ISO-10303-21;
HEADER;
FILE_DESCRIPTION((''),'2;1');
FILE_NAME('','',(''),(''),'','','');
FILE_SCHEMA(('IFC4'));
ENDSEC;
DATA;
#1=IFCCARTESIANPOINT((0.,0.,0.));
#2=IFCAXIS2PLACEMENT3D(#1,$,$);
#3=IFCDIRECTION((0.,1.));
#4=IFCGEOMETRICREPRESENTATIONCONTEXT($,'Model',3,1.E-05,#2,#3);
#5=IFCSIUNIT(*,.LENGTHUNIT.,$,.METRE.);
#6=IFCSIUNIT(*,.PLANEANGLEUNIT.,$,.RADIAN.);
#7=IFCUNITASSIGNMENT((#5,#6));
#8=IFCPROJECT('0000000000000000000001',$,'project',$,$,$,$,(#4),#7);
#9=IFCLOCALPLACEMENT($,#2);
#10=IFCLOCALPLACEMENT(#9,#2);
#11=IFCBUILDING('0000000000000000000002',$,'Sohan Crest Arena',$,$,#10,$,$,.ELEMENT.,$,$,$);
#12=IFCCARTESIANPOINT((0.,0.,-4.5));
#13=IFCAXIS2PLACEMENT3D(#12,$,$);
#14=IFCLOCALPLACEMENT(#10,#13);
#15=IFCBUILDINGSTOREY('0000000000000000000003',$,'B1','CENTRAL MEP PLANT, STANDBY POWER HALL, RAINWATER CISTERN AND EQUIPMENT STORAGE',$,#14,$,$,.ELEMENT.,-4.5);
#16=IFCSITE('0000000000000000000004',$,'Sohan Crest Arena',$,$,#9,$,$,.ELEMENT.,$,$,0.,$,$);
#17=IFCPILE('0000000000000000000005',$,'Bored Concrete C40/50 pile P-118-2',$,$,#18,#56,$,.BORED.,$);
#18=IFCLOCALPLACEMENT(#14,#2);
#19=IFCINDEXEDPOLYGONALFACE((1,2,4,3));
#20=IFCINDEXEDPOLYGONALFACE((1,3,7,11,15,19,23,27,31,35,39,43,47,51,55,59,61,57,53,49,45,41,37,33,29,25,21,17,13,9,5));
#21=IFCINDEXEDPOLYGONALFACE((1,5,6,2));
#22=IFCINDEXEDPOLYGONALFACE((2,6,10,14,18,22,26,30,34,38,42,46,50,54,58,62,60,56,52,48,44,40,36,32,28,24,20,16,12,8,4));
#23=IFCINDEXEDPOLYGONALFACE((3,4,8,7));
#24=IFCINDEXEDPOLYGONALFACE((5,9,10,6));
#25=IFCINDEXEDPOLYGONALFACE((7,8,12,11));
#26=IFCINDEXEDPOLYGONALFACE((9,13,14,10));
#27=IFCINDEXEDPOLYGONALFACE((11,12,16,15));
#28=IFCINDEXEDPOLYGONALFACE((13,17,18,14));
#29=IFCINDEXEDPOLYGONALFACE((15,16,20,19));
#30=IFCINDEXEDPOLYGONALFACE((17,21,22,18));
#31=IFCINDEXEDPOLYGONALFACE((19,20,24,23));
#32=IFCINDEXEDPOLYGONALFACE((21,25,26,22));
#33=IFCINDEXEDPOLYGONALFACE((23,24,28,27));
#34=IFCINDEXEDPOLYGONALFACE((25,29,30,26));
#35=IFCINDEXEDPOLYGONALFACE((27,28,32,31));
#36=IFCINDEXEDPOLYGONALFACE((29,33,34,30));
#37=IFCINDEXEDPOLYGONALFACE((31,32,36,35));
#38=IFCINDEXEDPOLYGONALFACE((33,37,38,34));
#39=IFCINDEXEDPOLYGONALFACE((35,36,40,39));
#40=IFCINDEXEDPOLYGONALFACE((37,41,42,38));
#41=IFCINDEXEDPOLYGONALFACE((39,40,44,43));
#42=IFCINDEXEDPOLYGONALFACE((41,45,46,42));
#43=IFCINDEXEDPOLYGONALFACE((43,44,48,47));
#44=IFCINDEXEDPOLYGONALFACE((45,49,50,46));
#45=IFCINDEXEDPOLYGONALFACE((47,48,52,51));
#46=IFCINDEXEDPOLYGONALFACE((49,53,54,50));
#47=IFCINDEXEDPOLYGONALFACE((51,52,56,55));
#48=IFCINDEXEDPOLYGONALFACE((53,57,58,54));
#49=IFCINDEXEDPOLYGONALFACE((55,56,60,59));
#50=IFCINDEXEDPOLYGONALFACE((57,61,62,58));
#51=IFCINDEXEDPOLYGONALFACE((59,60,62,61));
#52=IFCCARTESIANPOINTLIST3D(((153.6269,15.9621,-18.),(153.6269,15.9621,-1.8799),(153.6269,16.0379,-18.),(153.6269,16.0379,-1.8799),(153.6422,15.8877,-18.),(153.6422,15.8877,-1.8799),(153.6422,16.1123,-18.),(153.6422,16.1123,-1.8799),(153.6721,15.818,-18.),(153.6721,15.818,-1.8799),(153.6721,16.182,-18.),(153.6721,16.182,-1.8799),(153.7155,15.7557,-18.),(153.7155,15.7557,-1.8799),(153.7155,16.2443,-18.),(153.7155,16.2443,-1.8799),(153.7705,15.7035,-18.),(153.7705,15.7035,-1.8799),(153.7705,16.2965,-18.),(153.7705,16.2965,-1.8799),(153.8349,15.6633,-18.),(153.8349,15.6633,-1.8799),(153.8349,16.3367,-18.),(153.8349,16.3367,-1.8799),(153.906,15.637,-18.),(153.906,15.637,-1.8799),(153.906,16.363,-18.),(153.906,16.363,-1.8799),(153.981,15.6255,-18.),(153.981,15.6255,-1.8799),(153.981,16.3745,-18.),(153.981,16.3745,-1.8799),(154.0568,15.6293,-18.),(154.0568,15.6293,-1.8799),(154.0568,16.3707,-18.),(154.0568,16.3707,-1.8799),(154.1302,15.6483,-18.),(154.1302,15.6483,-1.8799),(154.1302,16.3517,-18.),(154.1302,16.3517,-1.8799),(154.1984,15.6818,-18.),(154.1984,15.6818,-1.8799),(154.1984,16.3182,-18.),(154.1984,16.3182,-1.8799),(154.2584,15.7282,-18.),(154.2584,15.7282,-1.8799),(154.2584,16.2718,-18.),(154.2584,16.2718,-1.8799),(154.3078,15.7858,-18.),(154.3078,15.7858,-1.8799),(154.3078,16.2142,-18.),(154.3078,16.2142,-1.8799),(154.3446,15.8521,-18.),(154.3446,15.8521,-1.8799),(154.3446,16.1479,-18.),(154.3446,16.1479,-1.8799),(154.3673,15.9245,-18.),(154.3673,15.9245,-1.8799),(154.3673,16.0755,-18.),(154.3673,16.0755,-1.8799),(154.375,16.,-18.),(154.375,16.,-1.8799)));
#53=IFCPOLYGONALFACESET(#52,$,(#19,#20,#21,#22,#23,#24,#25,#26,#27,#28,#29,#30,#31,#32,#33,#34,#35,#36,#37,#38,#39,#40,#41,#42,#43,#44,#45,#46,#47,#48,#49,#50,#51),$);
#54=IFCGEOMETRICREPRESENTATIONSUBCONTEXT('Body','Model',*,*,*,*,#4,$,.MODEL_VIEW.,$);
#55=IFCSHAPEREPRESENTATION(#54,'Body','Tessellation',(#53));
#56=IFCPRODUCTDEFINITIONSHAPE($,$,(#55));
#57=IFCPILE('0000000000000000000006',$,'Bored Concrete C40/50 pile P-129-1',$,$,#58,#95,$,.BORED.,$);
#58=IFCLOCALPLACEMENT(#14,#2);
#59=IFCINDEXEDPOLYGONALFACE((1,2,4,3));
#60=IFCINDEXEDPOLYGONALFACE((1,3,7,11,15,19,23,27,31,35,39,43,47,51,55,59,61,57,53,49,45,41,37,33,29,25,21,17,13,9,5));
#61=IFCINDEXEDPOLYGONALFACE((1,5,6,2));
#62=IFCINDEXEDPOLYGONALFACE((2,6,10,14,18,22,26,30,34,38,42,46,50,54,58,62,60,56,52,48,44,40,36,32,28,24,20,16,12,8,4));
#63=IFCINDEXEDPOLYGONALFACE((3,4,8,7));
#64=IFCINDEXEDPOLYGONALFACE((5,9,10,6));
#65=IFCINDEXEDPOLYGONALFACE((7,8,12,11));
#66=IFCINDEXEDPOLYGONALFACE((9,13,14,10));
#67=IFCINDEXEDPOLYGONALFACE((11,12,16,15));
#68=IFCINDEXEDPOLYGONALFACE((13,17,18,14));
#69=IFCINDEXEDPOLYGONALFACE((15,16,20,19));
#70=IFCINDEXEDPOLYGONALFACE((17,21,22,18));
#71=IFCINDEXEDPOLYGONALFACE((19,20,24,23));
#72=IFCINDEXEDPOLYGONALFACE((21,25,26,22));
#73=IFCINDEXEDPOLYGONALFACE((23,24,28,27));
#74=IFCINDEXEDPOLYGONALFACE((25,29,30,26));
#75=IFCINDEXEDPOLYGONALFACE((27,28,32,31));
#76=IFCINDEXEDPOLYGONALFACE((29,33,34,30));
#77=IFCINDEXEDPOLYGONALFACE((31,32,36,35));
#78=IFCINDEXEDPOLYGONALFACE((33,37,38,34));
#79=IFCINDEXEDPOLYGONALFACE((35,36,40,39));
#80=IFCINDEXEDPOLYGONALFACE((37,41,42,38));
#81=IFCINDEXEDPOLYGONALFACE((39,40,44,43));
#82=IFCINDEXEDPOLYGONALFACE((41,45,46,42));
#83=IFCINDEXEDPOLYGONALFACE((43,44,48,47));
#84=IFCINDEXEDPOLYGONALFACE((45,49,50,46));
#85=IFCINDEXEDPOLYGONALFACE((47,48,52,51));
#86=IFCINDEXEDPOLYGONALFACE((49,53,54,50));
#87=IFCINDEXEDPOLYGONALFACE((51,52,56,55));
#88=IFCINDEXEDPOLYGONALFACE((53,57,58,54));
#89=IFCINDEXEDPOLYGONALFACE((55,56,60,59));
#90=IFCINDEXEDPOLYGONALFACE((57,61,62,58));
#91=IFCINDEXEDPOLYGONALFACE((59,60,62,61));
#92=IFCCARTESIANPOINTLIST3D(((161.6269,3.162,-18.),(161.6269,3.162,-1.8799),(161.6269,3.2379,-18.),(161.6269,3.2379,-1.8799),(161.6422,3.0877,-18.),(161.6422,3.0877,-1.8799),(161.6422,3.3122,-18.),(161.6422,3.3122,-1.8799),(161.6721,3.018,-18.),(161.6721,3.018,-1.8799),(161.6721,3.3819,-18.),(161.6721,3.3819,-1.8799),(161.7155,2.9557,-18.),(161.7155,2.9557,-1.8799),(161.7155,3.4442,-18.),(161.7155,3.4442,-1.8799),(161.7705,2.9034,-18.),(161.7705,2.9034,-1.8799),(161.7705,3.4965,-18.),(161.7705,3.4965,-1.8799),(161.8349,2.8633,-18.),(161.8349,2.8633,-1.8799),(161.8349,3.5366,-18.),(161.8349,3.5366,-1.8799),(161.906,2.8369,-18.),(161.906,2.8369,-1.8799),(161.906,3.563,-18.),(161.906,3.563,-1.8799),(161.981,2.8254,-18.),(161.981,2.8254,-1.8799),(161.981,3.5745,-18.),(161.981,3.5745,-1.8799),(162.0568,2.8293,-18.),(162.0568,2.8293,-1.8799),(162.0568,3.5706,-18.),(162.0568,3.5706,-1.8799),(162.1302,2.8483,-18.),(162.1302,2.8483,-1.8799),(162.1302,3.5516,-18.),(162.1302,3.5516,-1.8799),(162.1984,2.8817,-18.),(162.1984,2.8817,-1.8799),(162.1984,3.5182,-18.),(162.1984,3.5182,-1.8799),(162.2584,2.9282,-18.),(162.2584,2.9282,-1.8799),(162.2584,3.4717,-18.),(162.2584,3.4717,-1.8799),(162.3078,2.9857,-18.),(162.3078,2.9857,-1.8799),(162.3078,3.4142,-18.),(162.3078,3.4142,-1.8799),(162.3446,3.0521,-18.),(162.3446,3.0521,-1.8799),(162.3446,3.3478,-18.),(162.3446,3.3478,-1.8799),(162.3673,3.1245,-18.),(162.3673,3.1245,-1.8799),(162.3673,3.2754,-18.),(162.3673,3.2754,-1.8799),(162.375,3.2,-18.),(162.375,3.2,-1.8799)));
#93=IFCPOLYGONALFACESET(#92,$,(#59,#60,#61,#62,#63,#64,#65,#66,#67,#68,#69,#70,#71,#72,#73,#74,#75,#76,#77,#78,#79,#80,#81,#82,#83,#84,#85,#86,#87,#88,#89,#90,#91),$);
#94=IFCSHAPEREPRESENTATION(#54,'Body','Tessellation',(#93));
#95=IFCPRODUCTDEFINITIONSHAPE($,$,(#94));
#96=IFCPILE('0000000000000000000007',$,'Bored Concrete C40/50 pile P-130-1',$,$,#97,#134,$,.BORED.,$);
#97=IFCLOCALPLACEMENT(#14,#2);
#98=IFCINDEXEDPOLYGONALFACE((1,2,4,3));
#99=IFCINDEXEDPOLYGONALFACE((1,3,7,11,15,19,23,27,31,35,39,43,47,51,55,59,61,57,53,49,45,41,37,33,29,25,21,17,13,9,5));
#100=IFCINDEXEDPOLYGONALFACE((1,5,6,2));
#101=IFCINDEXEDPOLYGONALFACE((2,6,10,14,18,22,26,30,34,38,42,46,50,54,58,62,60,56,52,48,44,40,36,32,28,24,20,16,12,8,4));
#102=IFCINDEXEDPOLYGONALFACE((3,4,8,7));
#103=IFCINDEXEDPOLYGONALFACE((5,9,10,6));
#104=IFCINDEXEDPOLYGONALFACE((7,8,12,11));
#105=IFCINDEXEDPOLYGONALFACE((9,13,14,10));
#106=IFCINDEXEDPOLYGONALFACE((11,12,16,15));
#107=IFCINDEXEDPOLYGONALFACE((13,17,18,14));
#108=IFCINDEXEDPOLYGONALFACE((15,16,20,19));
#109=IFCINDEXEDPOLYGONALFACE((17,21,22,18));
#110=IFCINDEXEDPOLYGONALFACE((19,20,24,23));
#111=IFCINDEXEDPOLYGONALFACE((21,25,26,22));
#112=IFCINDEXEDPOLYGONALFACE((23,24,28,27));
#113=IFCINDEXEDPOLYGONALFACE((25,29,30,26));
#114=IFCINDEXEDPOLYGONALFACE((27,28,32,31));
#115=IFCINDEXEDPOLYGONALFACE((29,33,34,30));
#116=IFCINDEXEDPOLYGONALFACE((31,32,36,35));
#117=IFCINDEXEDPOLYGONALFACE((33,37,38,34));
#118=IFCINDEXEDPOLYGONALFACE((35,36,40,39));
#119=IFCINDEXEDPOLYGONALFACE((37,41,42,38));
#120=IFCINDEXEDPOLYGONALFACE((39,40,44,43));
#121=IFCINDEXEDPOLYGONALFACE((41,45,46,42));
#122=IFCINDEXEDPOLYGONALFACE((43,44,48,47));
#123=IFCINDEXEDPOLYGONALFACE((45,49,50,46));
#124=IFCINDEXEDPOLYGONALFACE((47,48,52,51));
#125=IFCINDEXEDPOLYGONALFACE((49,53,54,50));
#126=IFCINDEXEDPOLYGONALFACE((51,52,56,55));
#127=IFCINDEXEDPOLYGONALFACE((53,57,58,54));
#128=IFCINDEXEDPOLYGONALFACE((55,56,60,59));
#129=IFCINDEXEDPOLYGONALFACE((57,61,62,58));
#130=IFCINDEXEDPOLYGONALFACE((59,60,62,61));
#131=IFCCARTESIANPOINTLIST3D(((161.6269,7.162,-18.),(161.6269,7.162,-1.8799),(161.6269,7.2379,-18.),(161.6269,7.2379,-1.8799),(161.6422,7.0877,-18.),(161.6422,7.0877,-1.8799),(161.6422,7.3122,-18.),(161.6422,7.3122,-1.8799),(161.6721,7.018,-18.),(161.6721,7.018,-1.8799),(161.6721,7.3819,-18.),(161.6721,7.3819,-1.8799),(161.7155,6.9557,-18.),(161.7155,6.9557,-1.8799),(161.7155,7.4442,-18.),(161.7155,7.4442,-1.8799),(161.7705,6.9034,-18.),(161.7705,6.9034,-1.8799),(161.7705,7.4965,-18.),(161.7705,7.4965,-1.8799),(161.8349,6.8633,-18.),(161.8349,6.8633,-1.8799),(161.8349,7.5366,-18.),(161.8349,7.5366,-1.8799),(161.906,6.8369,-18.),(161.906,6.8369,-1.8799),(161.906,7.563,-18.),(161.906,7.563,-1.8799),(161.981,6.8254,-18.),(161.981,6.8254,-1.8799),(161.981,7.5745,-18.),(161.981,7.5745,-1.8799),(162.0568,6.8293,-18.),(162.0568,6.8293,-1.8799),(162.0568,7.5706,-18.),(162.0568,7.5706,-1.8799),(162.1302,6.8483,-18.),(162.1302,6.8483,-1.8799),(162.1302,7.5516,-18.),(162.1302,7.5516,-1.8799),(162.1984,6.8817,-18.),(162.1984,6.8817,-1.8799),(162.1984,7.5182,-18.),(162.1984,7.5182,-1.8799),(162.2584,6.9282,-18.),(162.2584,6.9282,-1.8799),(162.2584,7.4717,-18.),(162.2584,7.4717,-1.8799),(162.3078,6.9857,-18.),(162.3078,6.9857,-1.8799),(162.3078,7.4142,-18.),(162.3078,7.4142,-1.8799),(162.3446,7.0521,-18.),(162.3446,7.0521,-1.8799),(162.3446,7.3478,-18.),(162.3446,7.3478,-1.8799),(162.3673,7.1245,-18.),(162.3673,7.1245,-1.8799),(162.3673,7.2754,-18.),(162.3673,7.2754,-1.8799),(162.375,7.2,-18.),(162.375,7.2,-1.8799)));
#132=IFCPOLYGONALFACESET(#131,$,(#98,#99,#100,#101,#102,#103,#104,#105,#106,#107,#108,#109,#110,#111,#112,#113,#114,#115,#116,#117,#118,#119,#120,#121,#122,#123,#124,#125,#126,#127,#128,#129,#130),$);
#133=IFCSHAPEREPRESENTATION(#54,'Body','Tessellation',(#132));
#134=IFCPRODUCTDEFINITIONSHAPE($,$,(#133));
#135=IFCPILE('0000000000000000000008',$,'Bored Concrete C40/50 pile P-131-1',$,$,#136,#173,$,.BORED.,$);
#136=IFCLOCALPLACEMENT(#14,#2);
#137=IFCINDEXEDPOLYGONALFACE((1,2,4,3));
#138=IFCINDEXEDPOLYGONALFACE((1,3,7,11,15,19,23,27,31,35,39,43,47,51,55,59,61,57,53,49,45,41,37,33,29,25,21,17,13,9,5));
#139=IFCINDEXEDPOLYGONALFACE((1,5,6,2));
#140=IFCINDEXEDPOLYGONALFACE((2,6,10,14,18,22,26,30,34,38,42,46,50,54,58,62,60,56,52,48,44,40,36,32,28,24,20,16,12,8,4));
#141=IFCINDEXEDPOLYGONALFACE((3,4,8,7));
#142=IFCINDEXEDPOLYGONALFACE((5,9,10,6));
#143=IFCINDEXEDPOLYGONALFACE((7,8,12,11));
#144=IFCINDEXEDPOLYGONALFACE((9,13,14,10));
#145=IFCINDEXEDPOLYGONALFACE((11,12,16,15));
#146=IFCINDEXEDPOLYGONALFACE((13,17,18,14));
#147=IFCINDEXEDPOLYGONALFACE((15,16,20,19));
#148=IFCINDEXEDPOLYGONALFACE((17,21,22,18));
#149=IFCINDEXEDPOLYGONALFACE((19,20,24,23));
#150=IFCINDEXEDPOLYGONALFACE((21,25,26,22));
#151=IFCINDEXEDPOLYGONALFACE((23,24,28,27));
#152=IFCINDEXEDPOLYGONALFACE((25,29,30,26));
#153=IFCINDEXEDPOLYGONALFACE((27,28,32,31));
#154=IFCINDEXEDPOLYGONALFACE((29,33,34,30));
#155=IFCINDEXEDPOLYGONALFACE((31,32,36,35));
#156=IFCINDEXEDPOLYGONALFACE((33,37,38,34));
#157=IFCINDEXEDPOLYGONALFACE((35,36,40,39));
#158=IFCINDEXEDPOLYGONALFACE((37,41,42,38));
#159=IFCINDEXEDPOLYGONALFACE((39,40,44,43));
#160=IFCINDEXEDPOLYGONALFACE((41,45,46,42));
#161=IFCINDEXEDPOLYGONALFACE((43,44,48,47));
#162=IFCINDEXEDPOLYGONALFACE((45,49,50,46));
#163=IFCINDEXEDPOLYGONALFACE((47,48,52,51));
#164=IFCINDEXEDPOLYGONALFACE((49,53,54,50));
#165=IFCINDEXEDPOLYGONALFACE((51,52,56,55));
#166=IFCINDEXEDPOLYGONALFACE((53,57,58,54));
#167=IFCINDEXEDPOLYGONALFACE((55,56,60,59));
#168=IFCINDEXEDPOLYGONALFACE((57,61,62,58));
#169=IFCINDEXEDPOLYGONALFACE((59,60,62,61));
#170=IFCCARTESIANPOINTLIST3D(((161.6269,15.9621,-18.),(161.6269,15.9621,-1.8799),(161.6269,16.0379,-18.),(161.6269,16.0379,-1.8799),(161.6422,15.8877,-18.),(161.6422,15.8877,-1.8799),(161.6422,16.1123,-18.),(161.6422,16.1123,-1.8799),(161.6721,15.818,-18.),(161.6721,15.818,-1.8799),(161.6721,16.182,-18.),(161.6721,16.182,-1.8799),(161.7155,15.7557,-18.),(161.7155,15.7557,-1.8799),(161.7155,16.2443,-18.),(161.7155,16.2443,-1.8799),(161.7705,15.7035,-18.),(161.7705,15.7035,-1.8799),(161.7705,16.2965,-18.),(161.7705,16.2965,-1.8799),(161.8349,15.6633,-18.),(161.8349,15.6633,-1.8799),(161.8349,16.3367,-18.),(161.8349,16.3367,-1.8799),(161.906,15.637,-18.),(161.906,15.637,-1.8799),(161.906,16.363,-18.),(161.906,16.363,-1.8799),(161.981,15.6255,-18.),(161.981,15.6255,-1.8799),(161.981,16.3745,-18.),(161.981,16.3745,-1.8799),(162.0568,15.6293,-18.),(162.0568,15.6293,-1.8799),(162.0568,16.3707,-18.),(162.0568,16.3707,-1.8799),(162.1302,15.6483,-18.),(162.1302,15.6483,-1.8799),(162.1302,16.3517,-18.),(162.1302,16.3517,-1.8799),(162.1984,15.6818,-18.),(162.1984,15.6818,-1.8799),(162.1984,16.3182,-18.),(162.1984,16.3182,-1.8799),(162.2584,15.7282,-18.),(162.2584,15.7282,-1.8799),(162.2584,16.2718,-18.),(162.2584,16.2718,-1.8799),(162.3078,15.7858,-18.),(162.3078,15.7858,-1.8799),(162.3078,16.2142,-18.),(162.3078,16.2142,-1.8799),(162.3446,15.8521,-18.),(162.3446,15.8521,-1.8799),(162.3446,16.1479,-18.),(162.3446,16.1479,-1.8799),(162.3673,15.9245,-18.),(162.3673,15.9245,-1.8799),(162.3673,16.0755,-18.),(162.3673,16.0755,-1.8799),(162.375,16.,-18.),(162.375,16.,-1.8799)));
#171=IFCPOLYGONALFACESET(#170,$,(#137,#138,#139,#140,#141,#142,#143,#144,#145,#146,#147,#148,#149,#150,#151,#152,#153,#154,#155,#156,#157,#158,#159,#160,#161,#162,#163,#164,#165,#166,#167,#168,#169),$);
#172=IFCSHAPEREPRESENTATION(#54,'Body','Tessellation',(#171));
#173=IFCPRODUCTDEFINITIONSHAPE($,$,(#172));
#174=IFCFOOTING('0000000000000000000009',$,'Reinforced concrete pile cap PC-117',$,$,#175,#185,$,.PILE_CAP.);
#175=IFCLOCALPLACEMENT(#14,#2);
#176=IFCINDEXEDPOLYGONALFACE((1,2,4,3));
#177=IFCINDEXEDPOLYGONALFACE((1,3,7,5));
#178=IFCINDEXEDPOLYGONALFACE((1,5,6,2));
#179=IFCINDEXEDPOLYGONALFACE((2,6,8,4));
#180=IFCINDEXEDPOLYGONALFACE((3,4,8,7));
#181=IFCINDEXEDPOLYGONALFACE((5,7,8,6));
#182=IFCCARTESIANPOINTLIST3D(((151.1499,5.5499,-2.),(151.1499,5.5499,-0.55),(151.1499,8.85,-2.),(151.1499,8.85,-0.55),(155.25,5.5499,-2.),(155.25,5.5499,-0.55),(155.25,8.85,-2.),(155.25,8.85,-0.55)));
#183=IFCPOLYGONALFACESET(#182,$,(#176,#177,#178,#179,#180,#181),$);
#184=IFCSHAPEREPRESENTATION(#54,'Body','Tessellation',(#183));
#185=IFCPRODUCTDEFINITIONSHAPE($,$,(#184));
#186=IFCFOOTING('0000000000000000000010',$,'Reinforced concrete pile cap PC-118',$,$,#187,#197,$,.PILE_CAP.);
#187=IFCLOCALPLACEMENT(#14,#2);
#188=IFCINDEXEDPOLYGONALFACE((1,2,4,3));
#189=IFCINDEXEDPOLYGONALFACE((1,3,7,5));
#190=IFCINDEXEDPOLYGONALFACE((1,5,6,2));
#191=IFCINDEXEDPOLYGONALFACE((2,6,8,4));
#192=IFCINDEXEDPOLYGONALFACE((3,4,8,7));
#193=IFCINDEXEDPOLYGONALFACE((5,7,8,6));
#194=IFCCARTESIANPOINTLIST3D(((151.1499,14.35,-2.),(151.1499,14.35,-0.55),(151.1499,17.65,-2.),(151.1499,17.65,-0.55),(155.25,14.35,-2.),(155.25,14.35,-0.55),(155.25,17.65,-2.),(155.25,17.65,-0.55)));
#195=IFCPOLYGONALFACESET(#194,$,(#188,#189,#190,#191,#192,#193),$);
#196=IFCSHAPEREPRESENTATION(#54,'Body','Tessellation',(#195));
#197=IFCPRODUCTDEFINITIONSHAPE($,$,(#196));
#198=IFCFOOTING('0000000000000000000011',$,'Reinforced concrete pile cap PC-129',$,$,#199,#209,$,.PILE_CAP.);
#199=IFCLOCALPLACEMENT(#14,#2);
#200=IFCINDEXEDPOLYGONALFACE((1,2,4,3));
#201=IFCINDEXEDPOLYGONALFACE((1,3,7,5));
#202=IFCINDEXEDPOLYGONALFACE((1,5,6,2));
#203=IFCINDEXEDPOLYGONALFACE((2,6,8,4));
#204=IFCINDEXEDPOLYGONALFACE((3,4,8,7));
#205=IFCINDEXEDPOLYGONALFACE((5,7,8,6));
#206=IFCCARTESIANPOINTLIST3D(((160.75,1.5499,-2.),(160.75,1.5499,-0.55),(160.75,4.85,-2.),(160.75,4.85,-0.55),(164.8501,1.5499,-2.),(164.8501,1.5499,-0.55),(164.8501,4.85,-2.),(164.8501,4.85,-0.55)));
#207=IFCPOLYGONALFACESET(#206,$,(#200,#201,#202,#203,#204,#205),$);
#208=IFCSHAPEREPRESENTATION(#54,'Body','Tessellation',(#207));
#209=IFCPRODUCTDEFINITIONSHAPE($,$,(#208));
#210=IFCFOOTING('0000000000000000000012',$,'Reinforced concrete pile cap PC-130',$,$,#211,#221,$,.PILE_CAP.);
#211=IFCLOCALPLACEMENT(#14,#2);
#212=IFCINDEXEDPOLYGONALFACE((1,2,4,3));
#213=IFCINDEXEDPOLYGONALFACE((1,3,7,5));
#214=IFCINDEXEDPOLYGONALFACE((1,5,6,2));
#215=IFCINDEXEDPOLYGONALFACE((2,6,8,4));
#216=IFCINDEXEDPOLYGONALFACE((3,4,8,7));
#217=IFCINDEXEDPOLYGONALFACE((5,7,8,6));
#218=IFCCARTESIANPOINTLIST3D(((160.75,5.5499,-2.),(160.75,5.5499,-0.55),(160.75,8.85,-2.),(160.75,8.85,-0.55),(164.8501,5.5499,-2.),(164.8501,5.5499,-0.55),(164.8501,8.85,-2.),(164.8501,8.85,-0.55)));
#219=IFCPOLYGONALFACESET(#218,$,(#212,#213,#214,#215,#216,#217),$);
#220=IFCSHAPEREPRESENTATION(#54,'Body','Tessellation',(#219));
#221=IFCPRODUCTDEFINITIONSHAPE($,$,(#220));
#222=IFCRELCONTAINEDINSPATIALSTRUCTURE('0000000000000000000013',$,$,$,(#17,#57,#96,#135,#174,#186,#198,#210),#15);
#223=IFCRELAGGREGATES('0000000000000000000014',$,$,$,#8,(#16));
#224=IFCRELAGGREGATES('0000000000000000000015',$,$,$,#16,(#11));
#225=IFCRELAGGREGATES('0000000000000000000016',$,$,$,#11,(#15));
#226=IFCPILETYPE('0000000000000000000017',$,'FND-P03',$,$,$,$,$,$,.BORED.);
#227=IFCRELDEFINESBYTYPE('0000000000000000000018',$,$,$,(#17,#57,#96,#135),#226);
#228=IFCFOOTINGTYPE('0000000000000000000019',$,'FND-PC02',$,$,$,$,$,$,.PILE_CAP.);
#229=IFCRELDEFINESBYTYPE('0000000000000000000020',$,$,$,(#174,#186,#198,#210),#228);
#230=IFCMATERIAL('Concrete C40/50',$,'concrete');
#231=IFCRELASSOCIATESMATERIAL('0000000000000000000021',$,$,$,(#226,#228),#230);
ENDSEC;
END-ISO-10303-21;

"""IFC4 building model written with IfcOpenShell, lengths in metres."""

from ifc_helpers import new_model, si_unit, direction, frame, origin, origin_2d, place, context, subcontext, project, spatial, rectangle, circle, extrude, material, material_profile, profile_set, type_object, element, save


model = new_model("IFC4")

# Units and contexts
model_context = context("Model", 3, precision=1e-05, world=origin(), true_north=direction((0.0, 1.0)))
body_context = subcontext(model_context, "Body", "Model", "MODEL_VIEW")
ifc_project = project(units=[si_unit("LENGTHUNIT", "METRE"), si_unit("PLANEANGLEUNIT", "RADIAN")], contexts=[model_context])

# Site, building, storey
site_placement = place(None, origin())
site = spatial("IfcSite", under=ifc_project, at=site_placement, Name="Sohan Crest Arena", CompositionType="ELEMENT", RefElevation=0.0)
building_placement = place(site_placement, origin())
building = spatial("IfcBuilding", under=site, at=building_placement, Name="Sohan Crest Arena", CompositionType="ELEMENT")
storey_placement = place(building_placement, frame((0.0, 0.0, -4.5)))
storey = spatial("IfcBuildingStorey", under=building, at=storey_placement, Name="B1", Description="CENTRAL MEP PLANT, STANDBY POWER HALL, RAINWATER CISTERN AND EQUIPMENT STORAGE", CompositionType="ELEMENT", Elevation=-4.5)

# Shared definitions
ifc_material_1 = material(Name="Concrete C40/50", Category="concrete")

# Piles
ifc_material_profile_1 = material_profile(ifc_material_1, circle(Radius=0.375, at=origin_2d()), Name="PILE D750")
ifc_profile_set_1 = profile_set([ifc_material_profile_1], Name="Concrete C40/50")
pile_type = type_object("IfcPileType", Name="FND-P03", PredefinedType="BORED", material=ifc_profile_set_1)
for number, where, z_axis, x_axis, name in (
    (1, (154.0, 16.0, -18.0), (0.0, 0.0, 1.0), (1.0, 0.0, 0.0), "Bored Concrete C40/50 pile P-118-2"),
    (2, (162.0, 3.2, -18.0), (0.0, 0.0, 1.0), (1.0, 0.0, 0.0), "Bored Concrete C40/50 pile P-129-1"),
    (3, (162.0, 7.2, -18.0), (0.0, 0.0, 1.0), (1.0, 0.0, 0.0), "Bored Concrete C40/50 pile P-130-1"),
    (4, (162.0, 16.0, -18.0), (0.0, 0.0, 1.0), (1.0, 0.0, 0.0), "Bored Concrete C40/50 pile P-131-1"),
):
    element("IfcPile", number, at=place(storey_placement, frame(where, z_axis=z_axis, x_axis=x_axis)), inside=storey, type_object=pile_type, Name=name, PredefinedType="BORED", context=body_context, shape_type="SweptSolid", body=[
        extrude(circle(Radius=0.375, at=origin_2d()), origin(), (0.0, 0.0, 1.0), 16.1201),
    ])

# Footings
footing_type_1 = type_object("IfcFootingType", Name="FND-PC02", PredefinedType="PILE_CAP", material=ifc_material_1)
for number, where, z_axis, x_axis, name in (
    (5, (153.2, 7.2, -2.0), (0.0, 0.0, 1.0), (1.0, 0.0, 0.0), "Reinforced concrete pile cap PC-117"),
    (6, (153.2, 16.0, -2.0), (0.0, 0.0, 1.0), (1.0, 0.0, 0.0), "Reinforced concrete pile cap PC-118"),
    (7, (162.8, 3.2, -2.0), (0.0, 0.0, 1.0), (1.0, 0.0, 0.0), "Reinforced concrete pile cap PC-129"),
    (8, (162.8, 7.2, -2.0), (0.0, 0.0, 1.0), (1.0, 0.0, 0.0), "Reinforced concrete pile cap PC-130"),
):
    element("IfcFooting", number, at=place(storey_placement, frame(where, z_axis=z_axis, x_axis=x_axis)), inside=storey, type_object=footing_type_1, Name=name, PredefinedType="PILE_CAP", context=body_context, shape_type="SweptSolid", body=[
        extrude(rectangle(XDim=4.1001, YDim=3.3, at=origin_2d()), origin(), (0.0, 0.0, 1.0), 1.45),
    ])

save(model, "model.ifc")
